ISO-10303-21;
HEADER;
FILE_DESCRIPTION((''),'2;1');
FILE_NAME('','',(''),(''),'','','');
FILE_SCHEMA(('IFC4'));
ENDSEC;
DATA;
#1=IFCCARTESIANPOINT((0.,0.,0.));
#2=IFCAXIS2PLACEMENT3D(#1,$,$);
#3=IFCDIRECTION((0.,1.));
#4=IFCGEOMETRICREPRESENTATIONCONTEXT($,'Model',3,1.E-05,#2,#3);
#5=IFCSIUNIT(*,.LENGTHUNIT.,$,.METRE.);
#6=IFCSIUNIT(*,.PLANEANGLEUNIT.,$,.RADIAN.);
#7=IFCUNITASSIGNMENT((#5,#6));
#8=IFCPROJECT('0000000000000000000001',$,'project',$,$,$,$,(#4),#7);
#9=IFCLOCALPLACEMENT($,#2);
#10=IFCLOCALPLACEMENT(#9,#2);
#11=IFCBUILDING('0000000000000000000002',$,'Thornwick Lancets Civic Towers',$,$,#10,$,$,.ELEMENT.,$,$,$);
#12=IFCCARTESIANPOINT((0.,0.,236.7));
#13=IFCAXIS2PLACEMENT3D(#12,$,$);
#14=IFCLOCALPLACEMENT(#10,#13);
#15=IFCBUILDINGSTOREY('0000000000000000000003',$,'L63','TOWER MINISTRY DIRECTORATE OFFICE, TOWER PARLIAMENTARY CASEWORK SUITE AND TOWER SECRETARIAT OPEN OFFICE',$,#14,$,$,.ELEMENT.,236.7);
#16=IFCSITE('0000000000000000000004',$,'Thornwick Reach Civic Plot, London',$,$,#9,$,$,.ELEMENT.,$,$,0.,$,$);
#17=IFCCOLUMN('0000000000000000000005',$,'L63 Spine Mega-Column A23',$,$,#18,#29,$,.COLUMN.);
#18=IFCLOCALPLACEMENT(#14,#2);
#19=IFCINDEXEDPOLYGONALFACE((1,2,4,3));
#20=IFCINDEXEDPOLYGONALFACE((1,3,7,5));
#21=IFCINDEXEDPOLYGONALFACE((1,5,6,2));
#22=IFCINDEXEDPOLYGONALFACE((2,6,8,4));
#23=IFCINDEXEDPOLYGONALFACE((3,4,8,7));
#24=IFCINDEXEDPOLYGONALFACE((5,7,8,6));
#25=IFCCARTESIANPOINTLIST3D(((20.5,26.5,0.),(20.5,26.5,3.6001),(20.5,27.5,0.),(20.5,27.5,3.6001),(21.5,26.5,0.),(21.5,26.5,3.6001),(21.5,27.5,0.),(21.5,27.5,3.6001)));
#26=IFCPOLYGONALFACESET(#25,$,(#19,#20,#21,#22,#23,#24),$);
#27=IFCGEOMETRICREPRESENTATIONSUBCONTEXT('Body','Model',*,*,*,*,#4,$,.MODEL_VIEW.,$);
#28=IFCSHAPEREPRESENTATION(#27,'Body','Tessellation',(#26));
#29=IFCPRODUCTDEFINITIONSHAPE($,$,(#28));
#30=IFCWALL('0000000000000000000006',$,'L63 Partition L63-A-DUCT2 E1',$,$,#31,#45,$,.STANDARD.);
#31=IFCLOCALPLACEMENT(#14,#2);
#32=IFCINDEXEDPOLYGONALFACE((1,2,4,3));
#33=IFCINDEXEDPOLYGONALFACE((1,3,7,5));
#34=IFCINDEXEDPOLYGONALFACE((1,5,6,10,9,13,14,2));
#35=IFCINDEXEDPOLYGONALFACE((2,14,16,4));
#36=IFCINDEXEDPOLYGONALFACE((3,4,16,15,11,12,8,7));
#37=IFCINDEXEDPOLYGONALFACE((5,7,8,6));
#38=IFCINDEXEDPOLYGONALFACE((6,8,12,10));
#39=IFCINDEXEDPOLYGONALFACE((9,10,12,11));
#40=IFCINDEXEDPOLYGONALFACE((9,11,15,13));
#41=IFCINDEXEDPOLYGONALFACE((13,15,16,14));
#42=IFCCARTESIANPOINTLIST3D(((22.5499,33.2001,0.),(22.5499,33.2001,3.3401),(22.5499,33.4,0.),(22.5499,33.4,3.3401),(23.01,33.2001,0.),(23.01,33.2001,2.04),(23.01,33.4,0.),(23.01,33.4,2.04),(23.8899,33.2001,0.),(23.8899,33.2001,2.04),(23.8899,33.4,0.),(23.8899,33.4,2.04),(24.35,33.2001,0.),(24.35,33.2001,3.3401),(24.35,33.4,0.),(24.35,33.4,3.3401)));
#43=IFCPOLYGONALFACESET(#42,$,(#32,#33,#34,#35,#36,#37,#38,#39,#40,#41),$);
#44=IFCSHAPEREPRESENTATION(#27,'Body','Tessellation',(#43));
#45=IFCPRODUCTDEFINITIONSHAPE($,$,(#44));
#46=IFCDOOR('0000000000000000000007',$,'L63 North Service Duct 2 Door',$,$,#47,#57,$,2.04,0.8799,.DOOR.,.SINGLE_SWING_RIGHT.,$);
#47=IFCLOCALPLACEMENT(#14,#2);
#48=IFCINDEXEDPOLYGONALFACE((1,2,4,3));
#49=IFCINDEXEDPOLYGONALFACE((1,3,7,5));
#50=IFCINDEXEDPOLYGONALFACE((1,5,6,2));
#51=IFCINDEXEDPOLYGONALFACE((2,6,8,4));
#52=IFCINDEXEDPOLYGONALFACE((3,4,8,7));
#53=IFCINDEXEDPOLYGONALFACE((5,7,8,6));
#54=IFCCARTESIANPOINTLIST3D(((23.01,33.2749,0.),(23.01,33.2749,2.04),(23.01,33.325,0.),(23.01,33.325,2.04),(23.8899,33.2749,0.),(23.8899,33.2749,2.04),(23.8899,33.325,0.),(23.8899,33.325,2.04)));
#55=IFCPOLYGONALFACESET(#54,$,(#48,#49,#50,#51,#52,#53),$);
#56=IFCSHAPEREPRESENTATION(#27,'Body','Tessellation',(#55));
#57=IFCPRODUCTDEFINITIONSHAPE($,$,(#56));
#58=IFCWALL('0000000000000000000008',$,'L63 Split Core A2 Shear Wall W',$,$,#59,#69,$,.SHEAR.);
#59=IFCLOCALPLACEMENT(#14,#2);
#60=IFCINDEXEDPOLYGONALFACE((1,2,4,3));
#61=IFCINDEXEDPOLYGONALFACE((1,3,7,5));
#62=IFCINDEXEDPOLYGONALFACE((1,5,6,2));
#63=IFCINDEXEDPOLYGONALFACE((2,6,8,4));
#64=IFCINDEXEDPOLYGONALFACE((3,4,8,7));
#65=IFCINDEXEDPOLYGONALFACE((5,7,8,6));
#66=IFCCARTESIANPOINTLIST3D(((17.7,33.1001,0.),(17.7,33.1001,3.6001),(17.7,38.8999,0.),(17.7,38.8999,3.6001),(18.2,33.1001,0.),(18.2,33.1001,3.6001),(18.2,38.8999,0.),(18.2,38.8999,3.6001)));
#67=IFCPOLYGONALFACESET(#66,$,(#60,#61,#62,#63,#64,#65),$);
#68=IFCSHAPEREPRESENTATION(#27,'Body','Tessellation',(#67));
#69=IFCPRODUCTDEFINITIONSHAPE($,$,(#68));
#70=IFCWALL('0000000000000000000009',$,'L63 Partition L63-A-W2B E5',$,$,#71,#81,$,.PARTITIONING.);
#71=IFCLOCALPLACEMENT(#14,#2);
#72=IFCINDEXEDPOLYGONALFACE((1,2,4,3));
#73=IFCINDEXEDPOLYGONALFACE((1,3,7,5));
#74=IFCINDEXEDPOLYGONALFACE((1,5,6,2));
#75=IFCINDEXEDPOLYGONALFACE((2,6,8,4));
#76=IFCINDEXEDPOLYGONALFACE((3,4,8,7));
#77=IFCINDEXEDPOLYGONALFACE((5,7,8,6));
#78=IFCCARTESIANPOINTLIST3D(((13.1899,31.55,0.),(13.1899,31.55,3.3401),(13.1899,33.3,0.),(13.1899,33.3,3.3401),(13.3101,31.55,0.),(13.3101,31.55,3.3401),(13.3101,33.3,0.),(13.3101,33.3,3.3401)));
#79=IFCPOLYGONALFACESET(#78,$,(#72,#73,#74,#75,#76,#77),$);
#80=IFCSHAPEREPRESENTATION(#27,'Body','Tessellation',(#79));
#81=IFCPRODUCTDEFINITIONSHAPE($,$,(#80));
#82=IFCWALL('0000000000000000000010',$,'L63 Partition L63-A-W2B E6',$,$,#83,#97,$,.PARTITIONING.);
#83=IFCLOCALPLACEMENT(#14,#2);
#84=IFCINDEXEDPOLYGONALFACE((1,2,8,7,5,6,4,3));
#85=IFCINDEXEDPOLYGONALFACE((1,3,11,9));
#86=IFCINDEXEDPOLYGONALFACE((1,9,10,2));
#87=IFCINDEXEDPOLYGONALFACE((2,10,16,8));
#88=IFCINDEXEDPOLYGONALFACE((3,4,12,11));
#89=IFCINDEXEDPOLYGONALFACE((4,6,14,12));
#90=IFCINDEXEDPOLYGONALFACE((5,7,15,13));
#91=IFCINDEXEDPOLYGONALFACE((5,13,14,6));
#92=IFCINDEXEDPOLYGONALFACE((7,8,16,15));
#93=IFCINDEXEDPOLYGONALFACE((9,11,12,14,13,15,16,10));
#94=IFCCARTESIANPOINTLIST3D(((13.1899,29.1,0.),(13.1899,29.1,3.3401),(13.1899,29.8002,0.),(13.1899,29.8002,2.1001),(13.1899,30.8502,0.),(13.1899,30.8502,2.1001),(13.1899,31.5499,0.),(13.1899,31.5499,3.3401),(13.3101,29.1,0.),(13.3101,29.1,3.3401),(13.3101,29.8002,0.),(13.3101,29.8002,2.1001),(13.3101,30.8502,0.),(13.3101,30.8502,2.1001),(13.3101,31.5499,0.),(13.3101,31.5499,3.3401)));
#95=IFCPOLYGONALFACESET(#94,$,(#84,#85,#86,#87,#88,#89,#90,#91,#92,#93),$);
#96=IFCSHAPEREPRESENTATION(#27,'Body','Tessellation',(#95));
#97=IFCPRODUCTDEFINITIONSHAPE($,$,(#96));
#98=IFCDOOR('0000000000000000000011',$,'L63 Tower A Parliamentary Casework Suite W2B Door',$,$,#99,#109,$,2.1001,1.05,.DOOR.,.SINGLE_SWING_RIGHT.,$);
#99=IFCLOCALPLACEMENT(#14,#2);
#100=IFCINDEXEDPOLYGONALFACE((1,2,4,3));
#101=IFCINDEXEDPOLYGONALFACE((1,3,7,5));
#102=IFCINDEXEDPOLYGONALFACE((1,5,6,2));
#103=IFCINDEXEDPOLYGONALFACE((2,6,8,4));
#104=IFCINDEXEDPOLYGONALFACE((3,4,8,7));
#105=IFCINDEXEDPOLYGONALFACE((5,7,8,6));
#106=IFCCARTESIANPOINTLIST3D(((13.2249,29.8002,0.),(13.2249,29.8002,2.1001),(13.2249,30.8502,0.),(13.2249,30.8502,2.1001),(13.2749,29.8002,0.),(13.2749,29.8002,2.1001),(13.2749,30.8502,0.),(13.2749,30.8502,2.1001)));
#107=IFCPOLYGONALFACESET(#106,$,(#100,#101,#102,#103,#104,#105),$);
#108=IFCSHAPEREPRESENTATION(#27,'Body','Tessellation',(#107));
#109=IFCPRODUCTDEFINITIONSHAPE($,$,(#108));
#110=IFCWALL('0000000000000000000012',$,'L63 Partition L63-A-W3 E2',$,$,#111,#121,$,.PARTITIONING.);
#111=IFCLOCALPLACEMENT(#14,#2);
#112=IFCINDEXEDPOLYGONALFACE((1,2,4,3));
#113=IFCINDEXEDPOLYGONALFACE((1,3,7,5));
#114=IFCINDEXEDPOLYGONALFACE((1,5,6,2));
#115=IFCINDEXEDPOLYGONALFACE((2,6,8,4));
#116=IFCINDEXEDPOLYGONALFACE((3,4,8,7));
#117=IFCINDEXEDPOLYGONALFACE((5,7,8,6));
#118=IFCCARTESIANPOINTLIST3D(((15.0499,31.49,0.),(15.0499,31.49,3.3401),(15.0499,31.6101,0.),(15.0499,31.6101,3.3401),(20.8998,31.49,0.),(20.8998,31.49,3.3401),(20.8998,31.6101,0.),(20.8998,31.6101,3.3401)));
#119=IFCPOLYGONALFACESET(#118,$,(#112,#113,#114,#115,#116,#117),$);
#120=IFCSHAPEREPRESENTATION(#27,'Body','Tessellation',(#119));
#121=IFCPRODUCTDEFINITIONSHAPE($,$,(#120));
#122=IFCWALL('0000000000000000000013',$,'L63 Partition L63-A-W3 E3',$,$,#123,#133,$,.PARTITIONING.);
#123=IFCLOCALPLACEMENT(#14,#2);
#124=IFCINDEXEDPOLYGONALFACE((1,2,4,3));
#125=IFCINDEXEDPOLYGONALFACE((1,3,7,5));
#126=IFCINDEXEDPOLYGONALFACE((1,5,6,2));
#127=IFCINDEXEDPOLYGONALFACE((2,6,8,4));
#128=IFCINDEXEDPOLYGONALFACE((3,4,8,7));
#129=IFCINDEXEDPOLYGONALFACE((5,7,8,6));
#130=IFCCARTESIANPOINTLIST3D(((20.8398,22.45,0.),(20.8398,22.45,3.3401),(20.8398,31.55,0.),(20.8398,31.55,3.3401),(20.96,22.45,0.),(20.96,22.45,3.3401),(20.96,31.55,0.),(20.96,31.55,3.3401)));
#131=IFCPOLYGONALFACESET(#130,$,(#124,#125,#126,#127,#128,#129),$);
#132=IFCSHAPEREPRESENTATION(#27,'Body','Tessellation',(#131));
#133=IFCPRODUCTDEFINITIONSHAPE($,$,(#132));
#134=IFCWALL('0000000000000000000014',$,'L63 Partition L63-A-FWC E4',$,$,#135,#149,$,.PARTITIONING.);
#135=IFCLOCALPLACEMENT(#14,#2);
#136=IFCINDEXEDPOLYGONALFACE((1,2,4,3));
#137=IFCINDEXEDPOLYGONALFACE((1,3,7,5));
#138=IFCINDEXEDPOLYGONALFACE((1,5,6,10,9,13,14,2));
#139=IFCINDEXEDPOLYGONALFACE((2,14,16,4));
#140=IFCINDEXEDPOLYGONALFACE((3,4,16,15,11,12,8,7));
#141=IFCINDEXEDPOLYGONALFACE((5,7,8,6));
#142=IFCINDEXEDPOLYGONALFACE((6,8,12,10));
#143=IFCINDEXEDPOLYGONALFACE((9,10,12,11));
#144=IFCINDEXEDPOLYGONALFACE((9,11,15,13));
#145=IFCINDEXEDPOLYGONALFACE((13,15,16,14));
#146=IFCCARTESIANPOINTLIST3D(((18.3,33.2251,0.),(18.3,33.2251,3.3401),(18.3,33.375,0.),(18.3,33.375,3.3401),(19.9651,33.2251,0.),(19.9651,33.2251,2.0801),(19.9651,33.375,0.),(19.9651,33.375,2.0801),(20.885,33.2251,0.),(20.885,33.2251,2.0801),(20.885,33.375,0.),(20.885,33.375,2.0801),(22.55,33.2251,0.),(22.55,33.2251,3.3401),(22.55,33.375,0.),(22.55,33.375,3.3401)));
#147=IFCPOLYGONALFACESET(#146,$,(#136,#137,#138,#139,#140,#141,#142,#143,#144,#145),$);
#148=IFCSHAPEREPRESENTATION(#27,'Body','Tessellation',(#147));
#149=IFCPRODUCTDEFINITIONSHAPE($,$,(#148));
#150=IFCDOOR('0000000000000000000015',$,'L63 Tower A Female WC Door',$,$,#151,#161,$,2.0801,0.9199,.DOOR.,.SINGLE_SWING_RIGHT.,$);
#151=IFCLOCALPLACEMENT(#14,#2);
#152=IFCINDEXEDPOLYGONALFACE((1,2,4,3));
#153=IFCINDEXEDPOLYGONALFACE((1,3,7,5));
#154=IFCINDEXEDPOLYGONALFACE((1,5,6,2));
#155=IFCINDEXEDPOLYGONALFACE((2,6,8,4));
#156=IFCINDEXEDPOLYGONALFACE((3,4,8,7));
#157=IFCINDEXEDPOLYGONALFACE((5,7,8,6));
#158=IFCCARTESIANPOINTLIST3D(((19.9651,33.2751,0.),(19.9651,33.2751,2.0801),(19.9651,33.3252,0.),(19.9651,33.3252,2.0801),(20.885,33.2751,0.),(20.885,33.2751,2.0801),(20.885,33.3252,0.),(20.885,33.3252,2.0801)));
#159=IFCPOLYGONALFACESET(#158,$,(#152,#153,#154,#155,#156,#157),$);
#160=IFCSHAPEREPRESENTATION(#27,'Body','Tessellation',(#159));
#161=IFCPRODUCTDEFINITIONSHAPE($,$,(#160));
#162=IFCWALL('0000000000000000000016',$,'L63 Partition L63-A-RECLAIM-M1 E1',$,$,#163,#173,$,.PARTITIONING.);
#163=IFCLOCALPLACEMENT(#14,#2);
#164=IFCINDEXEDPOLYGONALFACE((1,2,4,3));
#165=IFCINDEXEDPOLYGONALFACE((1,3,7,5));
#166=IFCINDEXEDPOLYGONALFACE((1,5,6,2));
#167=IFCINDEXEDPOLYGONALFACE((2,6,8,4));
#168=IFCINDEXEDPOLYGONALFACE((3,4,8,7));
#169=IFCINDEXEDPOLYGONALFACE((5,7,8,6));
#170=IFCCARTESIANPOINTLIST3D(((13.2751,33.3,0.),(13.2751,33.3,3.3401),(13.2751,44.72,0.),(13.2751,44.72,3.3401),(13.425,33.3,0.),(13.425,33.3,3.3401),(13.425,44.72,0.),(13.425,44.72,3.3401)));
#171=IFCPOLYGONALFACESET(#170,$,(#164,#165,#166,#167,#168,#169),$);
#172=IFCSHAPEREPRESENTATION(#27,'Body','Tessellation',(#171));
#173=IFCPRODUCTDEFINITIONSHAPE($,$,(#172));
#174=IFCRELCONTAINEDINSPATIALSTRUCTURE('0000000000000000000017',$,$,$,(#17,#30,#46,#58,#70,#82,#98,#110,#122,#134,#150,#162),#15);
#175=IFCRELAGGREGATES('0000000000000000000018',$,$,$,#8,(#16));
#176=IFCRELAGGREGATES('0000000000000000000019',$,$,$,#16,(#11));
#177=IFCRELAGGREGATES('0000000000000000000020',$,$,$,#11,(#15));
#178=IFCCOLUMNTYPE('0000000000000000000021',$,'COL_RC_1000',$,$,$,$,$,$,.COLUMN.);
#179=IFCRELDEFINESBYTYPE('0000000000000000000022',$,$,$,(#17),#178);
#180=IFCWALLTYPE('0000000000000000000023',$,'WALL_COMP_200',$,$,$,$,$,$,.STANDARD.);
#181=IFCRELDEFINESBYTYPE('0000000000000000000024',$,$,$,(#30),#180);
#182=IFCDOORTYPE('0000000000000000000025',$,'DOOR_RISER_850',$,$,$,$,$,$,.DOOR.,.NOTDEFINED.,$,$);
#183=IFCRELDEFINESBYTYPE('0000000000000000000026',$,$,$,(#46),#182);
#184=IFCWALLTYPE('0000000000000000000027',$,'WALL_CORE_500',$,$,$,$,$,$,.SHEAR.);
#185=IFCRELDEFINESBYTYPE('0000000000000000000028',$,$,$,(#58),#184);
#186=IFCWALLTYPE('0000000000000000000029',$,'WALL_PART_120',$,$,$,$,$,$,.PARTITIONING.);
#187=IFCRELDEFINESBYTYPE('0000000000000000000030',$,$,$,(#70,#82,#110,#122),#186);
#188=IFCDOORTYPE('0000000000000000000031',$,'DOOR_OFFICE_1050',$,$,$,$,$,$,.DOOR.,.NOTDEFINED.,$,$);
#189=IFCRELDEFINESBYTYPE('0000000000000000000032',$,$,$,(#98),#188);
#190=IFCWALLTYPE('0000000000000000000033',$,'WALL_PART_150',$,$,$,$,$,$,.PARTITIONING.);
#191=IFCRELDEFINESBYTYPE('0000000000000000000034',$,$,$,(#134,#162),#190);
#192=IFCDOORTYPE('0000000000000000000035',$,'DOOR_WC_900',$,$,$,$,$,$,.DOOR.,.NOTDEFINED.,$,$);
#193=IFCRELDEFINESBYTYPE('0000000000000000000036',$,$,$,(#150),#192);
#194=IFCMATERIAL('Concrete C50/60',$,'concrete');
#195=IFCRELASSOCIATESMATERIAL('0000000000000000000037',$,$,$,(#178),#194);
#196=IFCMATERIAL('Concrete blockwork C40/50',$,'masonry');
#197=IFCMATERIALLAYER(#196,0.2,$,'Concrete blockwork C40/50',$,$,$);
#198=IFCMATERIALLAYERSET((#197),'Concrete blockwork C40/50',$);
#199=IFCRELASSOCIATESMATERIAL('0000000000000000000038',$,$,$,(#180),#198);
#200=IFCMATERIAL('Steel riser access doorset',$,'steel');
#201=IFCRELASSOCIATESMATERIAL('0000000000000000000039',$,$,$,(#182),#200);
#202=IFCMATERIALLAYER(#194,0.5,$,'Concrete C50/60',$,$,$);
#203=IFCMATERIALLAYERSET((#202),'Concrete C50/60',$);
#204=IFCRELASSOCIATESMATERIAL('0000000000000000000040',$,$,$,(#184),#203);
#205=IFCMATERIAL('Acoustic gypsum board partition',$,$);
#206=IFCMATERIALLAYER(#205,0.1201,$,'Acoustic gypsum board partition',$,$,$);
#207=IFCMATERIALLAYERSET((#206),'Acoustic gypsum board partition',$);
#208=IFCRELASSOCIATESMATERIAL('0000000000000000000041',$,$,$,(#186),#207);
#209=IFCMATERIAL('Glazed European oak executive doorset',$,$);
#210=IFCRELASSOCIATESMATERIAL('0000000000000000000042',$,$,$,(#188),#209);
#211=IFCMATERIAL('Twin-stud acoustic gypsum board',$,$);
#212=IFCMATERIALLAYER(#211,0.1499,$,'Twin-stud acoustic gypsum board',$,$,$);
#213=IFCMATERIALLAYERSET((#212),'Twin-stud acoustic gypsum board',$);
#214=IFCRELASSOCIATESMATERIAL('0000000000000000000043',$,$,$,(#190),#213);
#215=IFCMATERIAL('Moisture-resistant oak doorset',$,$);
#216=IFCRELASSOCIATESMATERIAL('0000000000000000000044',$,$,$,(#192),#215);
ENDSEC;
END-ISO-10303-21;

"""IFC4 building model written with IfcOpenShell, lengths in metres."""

from ifc_helpers import new_model, si_unit, direction, frame, frame_2d, origin, origin_2d, place, context, subcontext, project, spatial, rectangle, extrude, material, layer, layer_set, material_profile, profile_set, type_object, element, fill, save


model = new_model("IFC4")

# Units and contexts
model_context = context("Model", 3, precision=1e-05, world=origin(), true_north=direction((0.0, 1.0)))
body_context = subcontext(model_context, "Body", "Model", "MODEL_VIEW")
ifc_project = project(units=[si_unit("LENGTHUNIT", "METRE"), si_unit("PLANEANGLEUNIT", "RADIAN")], contexts=[model_context])

# Site, building, storey
site_placement = place(None, origin())
site = spatial("IfcSite", under=ifc_project, at=site_placement, Name="Thornwick Reach Civic Plot, London", CompositionType="ELEMENT", RefElevation=0.0)
building_placement = place(site_placement, origin())
building = spatial("IfcBuilding", under=site, at=building_placement, Name="Thornwick Lancets Civic Towers", CompositionType="ELEMENT")
storey_placement = place(building_placement, frame((0.0, 0.0, 236.7)))
storey = spatial("IfcBuildingStorey", under=building, at=storey_placement, Name="L63", Description="TOWER MINISTRY DIRECTORATE OFFICE, TOWER PARLIAMENTARY CASEWORK SUITE AND TOWER SECRETARIAT OPEN OFFICE", CompositionType="ELEMENT", Elevation=236.7)

# Column
ifc_material_1 = material(Name="Concrete C50/60", Category="concrete")
ifc_material_profile = material_profile(ifc_material_1, rectangle(XDim=1.0, YDim=1.0, at=origin_2d()), Name="RC 1000x1000")
ifc_profile_set = profile_set([ifc_material_profile], Name="Concrete C50/60")
column_type = type_object("IfcColumnType", Name="COL_RC_1000", PredefinedType="COLUMN", material=ifc_profile_set)
column_placement = place(storey_placement, frame((21.0, 27.0, 0.0), z_axis=(0.0, 0.0, 1.0), x_axis=(1.0, 0.0, 0.0)))
element("IfcColumn", 1, at=column_placement, inside=storey, type_object=column_type, Name="L63 Spine Mega-Column A23", PredefinedType="COLUMN", context=body_context, shape_type="SweptSolid", body=[
    extrude(rectangle(XDim=1.0, YDim=1.0, at=origin_2d()), origin(), (0.0, 0.0, 1.0), 3.6001),
])

# Wall, opening, door
ifc_material_2 = material(Name="Concrete blockwork C40/50", Category="masonry")
ifc_layer_1 = layer(ifc_material_2, 0.2, Name="Concrete blockwork C40/50")
ifc_layer_set_1 = layer_set([ifc_layer_1], Name="Concrete blockwork C40/50")
wall_type_1 = type_object("IfcWallType", Name="WALL_COMP_200", PredefinedType="STANDARD", material=ifc_layer_set_1)
wall_1_placement = place(storey_placement, frame((22.55, 33.3, 0.0), z_axis=(0.0, 0.0, 1.0), x_axis=(1.0, 0.0, 0.0)))
wall_1 = element("IfcWall", 2, at=wall_1_placement, inside=storey, type_object=wall_type_1, Name="L63 Partition L63-A-DUCT2 E1", PredefinedType="STANDARD", context=body_context, shape_type="SweptSolid", body=[
    extrude(rectangle(XDim=1.8, YDim=0.2, at=frame_2d((0.8999, 0.0))), origin(), (0.0, 0.0, 1.0), 3.3401),
])
opening_1_placement = place(wall_1_placement, frame((0.46, 0.0, 0.0)))
opening_1 = element("IfcOpeningElement", 3, at=opening_1_placement, cuts=wall_1, PredefinedType="OPENING", context=body_context, shape_type="SweptSolid", body=[
    extrude(rectangle(XDim=0.8799, YDim=2.04, at=frame_2d((0.4399, 1.02))), frame((0.0, 0.1099, 0.0), z_axis=(0.0, -1.0, 0.0), x_axis=(1.0, 0.0, 0.0)), (0.0, 0.0, 1.0), 0.22),
])
ifc_material_3 = material(Name="Steel riser access doorset", Category="steel")
door_type_1 = type_object("IfcDoorType", Name="DOOR_RISER_850", OperationType="NOTDEFINED", PredefinedType="DOOR", material=ifc_material_3)
door_1_placement = place(opening_1_placement, origin())
door_1 = element("IfcDoor", 4, at=door_1_placement, inside=storey, type_object=door_type_1, Name="L63 North Service Duct 2 Door", OperationType="SINGLE_SWING_RIGHT", OverallHeight=2.04, OverallWidth=0.8799, PredefinedType="DOOR", context=body_context, shape_type="SweptSolid", body=[
    extrude(rectangle(XDim=0.8799, YDim=2.04, at=frame_2d((0.4399, 1.02))), frame((0.0, 0.0249, 0.0), z_axis=(0.0, -1.0, 0.0), x_axis=(1.0, 0.0, 0.0)), (0.0, 0.0, 1.0), 0.05),
])
fill(opening_1, door_1)

# Walls
ifc_layer_2 = layer(ifc_material_1, 0.5, Name="Concrete C50/60")
ifc_layer_set_2 = layer_set([ifc_layer_2], Name="Concrete C50/60")
wall_type_2 = type_object("IfcWallType", Name="WALL_CORE_500", PredefinedType="SHEAR", material=ifc_layer_set_2)
wall_2_placement = place(storey_placement, frame((17.95, 33.1001, 0.0), z_axis=(0.0, 0.0, 1.0), x_axis=(0.0, 1.0, 0.0)))
element("IfcWall", 5, at=wall_2_placement, inside=storey, type_object=wall_type_2, Name="L63 Split Core A2 Shear Wall W", PredefinedType="SHEAR", context=body_context, shape_type="SweptSolid", body=[
    extrude(rectangle(XDim=5.7998, YDim=0.5, at=frame_2d((2.8999, 0.0))), origin(), (0.0, 0.0, 1.0), 3.6001),
])
ifc_material_4 = material(Name="Acoustic gypsum board partition")
ifc_layer_3 = layer(ifc_material_4, 0.1201, Name="Acoustic gypsum board partition")
ifc_layer_set_3 = layer_set([ifc_layer_3], Name="Acoustic gypsum board partition")
wall_type_3 = type_object("IfcWallType", Name="WALL_PART_120", PredefinedType="PARTITIONING", material=ifc_layer_set_3)
wall_3_placement = place(storey_placement, frame((13.25, 33.3, 0.0), z_axis=(0.0, 0.0, 1.0), x_axis=(0.0, -1.0, 0.0)))
element("IfcWall", 6, at=wall_3_placement, inside=storey, type_object=wall_type_3, Name="L63 Partition L63-A-W2B E5", PredefinedType="PARTITIONING", context=body_context, shape_type="SweptSolid", body=[
    extrude(rectangle(XDim=1.75, YDim=0.1201, at=frame_2d((0.875, 0.0))), origin(), (0.0, 0.0, 1.0), 3.3401),
])

# Wall, opening, door
wall_4_placement = place(storey_placement, frame((13.25, 31.55, 0.0), z_axis=(0.0, 0.0, 1.0), x_axis=(0.0, -1.0, 0.0)))
wall_4 = element("IfcWall", 7, at=wall_4_placement, inside=storey, type_object=wall_type_3, Name="L63 Partition L63-A-W2B E6", PredefinedType="PARTITIONING", context=body_context, shape_type="SweptSolid", body=[
    extrude(rectangle(XDim=2.45, YDim=0.1201, at=frame_2d((1.2251, 0.0))), origin(), (0.0, 0.0, 1.0), 3.3401),
])
opening_2_placement = place(wall_4_placement, frame((0.7, 0.0, 0.0)))
opening_2 = element("IfcOpeningElement", 8, at=opening_2_placement, cuts=wall_4, PredefinedType="OPENING", context=body_context, shape_type="SweptSolid", body=[
    extrude(rectangle(XDim=1.05, YDim=2.1001, at=frame_2d((0.5249, 1.05))), frame((0.0, 0.0701, 0.0), z_axis=(0.0, -1.0, 0.0), x_axis=(1.0, 0.0, 0.0)), (0.0, 0.0, 1.0), 0.1401),
])
ifc_material_5 = material(Name="Glazed European oak executive doorset")
door_type_2 = type_object("IfcDoorType", Name="DOOR_OFFICE_1050", OperationType="NOTDEFINED", PredefinedType="DOOR", material=ifc_material_5)
door_2_placement = place(opening_2_placement, origin())
door_2 = element("IfcDoor", 9, at=door_2_placement, inside=storey, type_object=door_type_2, Name="L63 Tower A Parliamentary Casework Suite W2B Door", OperationType="SINGLE_SWING_RIGHT", OverallHeight=2.1001, OverallWidth=1.05, PredefinedType="DOOR", context=body_context, shape_type="SweptSolid", body=[
    extrude(rectangle(XDim=1.05, YDim=2.1001, at=frame_2d((0.5249, 1.05))), frame((0.0, 0.0249, 0.0), z_axis=(0.0, -1.0, 0.0), x_axis=(1.0, 0.0, 0.0)), (0.0, 0.0, 1.0), 0.05),
])
fill(opening_2, door_2)

# Walls
wall_5_placement = place(storey_placement, frame((15.05, 31.55, 0.0), z_axis=(0.0, 0.0, 1.0), x_axis=(1.0, 0.0, 0.0)))
element("IfcWall", 10, at=wall_5_placement, inside=storey, type_object=wall_type_3, Name="L63 Partition L63-A-W3 E2", PredefinedType="PARTITIONING", context=body_context, shape_type="SweptSolid", body=[
    extrude(rectangle(XDim=5.8499, YDim=0.1201, at=frame_2d((2.9248, 0.0))), origin(), (0.0, 0.0, 1.0), 3.3401),
])
wall_6_placement = place(storey_placement, frame((20.8999, 31.55, 0.0), z_axis=(0.0, 0.0, 1.0), x_axis=(0.0, -1.0, 0.0)))
element("IfcWall", 11, at=wall_6_placement, inside=storey, type_object=wall_type_3, Name="L63 Partition L63-A-W3 E3", PredefinedType="PARTITIONING", context=body_context, shape_type="SweptSolid", body=[
    extrude(rectangle(XDim=9.1001, YDim=0.1201, at=frame_2d((4.55, 0.0))), origin(), (0.0, 0.0, 1.0), 3.3401),
])

# Wall, opening, door
ifc_material_6 = material(Name="Twin-stud acoustic gypsum board")
ifc_layer_4 = layer(ifc_material_6, 0.1499, Name="Twin-stud acoustic gypsum board")
ifc_layer_set_4 = layer_set([ifc_layer_4], Name="Twin-stud acoustic gypsum board")
wall_type_4 = type_object("IfcWallType", Name="WALL_PART_150", PredefinedType="PARTITIONING", material=ifc_layer_set_4)
wall_7_placement = place(storey_placement, frame((22.55, 33.3, 0.0), z_axis=(0.0, 0.0, 1.0), x_axis=(-1.0, 0.0, 0.0)))
wall_7 = element("IfcWall", 12, at=wall_7_placement, inside=storey, type_object=wall_type_4, Name="L63 Partition L63-A-FWC E4", PredefinedType="PARTITIONING", context=body_context, shape_type="SweptSolid", body=[
    extrude(rectangle(XDim=4.25, YDim=0.1499, at=frame_2d((2.125, 0.0))), origin(), (0.0, 0.0, 1.0), 3.3401),
])
opening_3_placement = place(wall_7_placement, frame((1.665, 0.0, 0.0)))
opening_3 = element("IfcOpeningElement", 13, at=opening_3_placement, cuts=wall_7, PredefinedType="OPENING", context=body_context, shape_type="SweptSolid", body=[
    extrude(rectangle(XDim=0.9199, YDim=2.0801, at=frame_2d((0.46, 1.04))), frame((0.0, 0.085, 0.0), z_axis=(0.0, -1.0, 0.0), x_axis=(1.0, 0.0, 0.0)), (0.0, 0.0, 1.0), 0.1699),
])
ifc_material_7 = material(Name="Moisture-resistant oak doorset")
door_type_3 = type_object("IfcDoorType", Name="DOOR_WC_900", OperationType="NOTDEFINED", PredefinedType="DOOR", material=ifc_material_7)
door_3_placement = place(opening_3_placement, origin())
door_3 = element("IfcDoor", 14, at=door_3_placement, inside=storey, type_object=door_type_3, Name="L63 Tower A Female WC Door", OperationType="SINGLE_SWING_RIGHT", OverallHeight=2.0801, OverallWidth=0.9199, PredefinedType="DOOR", context=body_context, shape_type="SweptSolid", body=[
    extrude(rectangle(XDim=0.9199, YDim=2.0801, at=frame_2d((0.46, 1.04))), frame((0.0, 0.0249, 0.0), z_axis=(0.0, -1.0, 0.0), x_axis=(1.0, 0.0, 0.0)), (0.0, 0.0, 1.0), 0.05),
])
fill(opening_3, door_3)

# Wall
wall_8_placement = place(storey_placement, frame((13.3501, 33.3, 0.0), z_axis=(0.0, 0.0, 1.0), x_axis=(0.0, 1.0, 0.0)))
element("IfcWall", 15, at=wall_8_placement, inside=storey, type_object=wall_type_4, Name="L63 Partition L63-A-RECLAIM-M1 E1", PredefinedType="PARTITIONING", context=body_context, shape_type="SweptSolid", body=[
    extrude(rectangle(XDim=11.4199, YDim=0.1499, at=frame_2d((5.71, 0.0))), origin(), (0.0, 0.0, 1.0), 3.3401),
])

save(model, "model.ifc")
